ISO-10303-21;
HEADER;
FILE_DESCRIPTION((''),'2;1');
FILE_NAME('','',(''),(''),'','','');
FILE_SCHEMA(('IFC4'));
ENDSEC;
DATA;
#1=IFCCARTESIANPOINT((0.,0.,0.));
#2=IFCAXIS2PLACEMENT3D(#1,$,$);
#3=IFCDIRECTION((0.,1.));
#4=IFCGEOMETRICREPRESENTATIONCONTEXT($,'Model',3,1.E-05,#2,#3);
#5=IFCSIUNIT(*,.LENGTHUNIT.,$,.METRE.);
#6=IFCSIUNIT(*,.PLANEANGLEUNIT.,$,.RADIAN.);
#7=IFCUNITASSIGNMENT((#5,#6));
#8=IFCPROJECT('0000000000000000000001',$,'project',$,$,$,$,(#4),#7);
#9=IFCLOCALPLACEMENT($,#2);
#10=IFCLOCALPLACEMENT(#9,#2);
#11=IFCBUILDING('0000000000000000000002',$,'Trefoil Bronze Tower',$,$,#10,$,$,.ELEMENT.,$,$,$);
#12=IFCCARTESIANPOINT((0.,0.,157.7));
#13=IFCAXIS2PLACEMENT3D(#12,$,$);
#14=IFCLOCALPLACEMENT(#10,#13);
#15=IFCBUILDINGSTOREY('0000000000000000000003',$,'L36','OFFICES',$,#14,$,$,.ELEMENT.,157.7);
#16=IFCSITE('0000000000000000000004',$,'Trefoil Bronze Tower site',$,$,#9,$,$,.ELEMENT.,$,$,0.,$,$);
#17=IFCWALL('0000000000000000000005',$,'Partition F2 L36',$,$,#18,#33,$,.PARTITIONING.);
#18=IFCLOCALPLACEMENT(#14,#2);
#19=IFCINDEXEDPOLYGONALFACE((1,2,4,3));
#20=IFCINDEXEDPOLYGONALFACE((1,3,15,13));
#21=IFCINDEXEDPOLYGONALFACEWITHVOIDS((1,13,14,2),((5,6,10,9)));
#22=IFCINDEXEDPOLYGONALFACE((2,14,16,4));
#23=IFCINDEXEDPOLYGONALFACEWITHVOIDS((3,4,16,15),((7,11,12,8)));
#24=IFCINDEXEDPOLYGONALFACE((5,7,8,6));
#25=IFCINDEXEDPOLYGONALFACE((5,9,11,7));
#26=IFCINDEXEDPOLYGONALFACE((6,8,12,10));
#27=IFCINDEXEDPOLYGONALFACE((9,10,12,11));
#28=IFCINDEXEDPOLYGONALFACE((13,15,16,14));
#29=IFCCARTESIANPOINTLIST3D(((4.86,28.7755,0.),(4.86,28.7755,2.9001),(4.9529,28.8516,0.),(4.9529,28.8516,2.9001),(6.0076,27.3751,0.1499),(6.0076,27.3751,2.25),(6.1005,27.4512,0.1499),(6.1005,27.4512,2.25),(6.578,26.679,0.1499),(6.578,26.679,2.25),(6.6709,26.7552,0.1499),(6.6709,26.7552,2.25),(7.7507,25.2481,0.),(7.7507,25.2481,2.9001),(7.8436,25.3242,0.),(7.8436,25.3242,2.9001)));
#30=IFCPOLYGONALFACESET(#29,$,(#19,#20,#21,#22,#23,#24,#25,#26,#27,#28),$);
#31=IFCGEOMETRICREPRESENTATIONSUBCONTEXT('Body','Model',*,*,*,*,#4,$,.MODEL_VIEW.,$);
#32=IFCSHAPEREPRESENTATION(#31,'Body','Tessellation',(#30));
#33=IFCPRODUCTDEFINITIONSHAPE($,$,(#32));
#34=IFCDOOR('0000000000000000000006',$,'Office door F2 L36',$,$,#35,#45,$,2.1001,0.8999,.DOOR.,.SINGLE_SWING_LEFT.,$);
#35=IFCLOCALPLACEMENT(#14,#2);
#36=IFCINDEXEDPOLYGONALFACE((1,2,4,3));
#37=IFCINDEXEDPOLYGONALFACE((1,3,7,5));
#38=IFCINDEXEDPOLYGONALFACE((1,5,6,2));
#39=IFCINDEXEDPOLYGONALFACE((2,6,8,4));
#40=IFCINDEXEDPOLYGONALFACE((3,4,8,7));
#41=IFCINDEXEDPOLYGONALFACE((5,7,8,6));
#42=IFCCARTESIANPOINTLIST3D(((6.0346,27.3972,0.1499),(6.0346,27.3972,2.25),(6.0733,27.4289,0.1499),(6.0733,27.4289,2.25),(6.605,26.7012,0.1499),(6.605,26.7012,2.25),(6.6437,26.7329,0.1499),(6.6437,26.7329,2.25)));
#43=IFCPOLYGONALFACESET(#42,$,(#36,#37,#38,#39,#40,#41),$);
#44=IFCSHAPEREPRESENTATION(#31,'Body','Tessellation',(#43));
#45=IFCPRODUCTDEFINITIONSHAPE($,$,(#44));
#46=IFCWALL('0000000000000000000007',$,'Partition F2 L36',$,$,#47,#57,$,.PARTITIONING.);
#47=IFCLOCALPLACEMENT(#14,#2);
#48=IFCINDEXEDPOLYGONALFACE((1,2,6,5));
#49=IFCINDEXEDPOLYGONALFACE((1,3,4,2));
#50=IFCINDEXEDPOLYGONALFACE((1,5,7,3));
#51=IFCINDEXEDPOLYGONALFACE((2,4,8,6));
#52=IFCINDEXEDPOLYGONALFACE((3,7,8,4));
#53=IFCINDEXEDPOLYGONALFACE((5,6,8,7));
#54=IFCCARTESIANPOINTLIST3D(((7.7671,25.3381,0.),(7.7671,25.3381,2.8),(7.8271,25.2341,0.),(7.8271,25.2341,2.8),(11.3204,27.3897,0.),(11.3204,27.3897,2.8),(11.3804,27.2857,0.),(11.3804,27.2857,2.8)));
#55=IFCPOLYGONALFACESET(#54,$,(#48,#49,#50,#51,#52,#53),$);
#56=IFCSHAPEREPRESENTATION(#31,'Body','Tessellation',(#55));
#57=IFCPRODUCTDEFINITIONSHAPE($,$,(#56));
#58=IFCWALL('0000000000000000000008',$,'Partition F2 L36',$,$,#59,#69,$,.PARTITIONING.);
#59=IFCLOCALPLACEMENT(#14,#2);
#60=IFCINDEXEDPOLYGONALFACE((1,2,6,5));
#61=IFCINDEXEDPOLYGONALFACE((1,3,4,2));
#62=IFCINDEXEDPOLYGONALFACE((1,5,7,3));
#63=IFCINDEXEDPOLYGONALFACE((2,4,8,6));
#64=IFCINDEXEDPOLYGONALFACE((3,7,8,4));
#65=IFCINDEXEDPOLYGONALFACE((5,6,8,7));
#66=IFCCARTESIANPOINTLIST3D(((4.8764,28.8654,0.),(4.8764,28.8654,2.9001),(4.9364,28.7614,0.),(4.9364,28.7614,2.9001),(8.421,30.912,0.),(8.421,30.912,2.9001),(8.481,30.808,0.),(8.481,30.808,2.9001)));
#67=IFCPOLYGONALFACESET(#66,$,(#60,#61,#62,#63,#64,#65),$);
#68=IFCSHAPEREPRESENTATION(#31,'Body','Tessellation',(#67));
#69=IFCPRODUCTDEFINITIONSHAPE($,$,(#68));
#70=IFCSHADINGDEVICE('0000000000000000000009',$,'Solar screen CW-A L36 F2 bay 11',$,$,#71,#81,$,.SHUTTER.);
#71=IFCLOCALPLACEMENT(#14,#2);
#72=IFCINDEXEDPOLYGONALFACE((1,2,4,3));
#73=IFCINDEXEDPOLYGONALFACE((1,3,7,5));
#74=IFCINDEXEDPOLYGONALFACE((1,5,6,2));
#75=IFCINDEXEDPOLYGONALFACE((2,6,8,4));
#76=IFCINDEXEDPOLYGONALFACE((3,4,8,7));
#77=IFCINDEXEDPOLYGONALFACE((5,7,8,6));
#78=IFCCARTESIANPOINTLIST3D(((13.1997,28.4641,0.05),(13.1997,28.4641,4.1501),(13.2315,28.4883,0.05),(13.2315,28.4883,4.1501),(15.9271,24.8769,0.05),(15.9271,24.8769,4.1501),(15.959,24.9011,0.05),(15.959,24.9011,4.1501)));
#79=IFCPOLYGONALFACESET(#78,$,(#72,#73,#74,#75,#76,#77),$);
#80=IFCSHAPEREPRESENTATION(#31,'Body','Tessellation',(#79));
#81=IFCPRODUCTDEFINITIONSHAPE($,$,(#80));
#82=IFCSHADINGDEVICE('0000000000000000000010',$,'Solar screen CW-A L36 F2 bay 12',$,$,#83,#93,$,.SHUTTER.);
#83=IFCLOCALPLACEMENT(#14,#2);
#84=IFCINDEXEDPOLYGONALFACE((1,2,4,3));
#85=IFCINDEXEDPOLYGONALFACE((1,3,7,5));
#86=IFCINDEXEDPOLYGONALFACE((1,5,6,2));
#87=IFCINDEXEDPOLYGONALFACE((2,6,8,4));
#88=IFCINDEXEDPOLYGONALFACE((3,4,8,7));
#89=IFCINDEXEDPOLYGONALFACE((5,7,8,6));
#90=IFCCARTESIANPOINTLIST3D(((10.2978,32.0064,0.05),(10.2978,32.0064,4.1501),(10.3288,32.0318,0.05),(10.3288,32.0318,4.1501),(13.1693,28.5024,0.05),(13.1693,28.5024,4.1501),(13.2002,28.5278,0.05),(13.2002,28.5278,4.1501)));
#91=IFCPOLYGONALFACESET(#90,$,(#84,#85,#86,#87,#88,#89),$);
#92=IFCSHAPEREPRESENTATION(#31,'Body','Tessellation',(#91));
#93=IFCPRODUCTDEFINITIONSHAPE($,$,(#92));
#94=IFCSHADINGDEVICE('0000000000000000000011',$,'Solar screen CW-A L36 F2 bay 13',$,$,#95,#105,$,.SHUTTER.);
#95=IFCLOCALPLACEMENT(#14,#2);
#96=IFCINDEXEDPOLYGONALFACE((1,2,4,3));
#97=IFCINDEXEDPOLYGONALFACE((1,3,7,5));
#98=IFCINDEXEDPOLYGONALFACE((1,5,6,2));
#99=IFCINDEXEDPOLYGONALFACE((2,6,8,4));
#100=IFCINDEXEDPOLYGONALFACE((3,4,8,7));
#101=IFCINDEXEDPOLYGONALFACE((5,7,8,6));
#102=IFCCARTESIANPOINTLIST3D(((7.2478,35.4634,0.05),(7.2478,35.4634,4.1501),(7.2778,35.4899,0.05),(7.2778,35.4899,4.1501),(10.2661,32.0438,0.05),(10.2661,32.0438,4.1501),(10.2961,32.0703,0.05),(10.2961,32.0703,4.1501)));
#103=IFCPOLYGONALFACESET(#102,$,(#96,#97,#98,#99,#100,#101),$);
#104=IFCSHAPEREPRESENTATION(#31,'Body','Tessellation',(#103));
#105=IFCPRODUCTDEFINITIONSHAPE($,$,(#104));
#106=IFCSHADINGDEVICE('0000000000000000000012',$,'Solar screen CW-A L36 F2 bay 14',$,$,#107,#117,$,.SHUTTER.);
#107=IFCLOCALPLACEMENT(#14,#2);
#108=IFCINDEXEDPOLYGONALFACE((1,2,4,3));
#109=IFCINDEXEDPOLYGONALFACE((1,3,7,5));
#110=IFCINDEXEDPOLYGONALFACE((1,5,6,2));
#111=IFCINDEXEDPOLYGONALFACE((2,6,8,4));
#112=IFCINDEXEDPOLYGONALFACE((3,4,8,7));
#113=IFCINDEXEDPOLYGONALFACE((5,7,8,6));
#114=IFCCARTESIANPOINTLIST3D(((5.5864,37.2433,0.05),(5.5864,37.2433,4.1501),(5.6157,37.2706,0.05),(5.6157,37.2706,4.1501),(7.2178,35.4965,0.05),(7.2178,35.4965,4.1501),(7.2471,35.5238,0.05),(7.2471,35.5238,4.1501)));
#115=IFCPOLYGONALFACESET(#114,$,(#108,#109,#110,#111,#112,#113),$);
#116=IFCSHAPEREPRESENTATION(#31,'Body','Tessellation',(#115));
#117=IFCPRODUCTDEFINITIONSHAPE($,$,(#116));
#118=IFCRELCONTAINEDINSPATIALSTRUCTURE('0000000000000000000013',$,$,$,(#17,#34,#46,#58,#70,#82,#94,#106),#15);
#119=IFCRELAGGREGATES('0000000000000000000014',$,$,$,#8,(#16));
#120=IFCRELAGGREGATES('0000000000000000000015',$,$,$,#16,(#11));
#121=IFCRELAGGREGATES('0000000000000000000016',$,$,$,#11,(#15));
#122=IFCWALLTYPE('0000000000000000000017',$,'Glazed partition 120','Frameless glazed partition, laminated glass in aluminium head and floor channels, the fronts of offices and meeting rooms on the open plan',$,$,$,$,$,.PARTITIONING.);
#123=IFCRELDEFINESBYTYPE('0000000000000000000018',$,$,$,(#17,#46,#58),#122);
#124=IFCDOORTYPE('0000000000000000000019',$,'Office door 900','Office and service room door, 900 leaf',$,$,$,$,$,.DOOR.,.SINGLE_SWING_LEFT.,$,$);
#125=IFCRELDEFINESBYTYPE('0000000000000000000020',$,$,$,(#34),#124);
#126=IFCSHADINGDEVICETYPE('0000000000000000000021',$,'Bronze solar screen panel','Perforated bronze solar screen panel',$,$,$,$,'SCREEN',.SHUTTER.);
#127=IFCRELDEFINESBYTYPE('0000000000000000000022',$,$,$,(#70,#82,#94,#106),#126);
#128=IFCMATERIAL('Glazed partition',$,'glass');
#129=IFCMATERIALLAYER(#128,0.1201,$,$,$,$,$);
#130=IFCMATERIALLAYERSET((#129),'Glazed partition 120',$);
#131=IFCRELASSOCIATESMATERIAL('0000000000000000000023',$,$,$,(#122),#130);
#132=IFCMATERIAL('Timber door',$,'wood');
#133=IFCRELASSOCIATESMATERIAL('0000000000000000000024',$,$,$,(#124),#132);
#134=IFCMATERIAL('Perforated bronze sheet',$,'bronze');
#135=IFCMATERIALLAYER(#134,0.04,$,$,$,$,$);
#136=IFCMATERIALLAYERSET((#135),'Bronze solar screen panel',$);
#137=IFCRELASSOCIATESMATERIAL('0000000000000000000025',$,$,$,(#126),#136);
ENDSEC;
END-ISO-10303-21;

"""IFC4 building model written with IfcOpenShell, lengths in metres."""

from ifc_helpers import new_model, si_unit, direction, frame, frame_2d, origin, origin_2d, place, context, subcontext, project, spatial, rectangle, extrude, material, layer, layer_set, type_object, element, fill, save


model = new_model("IFC4")

# Units and contexts
model_context = context("Model", 3, precision=1e-05, world=origin(), true_north=direction((0.0, 1.0)))
body_context = subcontext(model_context, "Body", "Model", "MODEL_VIEW")
ifc_project = project(units=[si_unit("LENGTHUNIT", "METRE"), si_unit("PLANEANGLEUNIT", "RADIAN")], contexts=[model_context])

# Site, building, storey
site_placement = place(None, origin())
site = spatial("IfcSite", under=ifc_project, at=site_placement, Name="Trefoil Bronze Tower site", CompositionType="ELEMENT", RefElevation=0.0)
building_placement = place(site_placement, origin())
building = spatial("IfcBuilding", under=site, at=building_placement, Name="Trefoil Bronze Tower", CompositionType="ELEMENT")
storey_placement = place(building_placement, frame((0.0, 0.0, 157.7)))
storey = spatial("IfcBuildingStorey", under=building, at=storey_placement, Name="L36", Description="OFFICES", CompositionType="ELEMENT", Elevation=157.7)

# Wall, opening, door
ifc_material_1 = material(Name="Glazed partition", Category="glass")
ifc_layer_1 = layer(ifc_material_1, 0.1201)
ifc_layer_set_1 = layer_set([ifc_layer_1], Name="Glazed partition 120")
wall_type = type_object("IfcWallType", Name="Glazed partition 120", Description="Frameless glazed partition, laminated glass in aluminium head and floor channels, the fronts of offices and meeting rooms on the open plan", PredefinedType="PARTITIONING", material=ifc_layer_set_1)
wall_1_placement = place(storey_placement, frame((7.7971, 25.2861, 0.0), z_axis=(0.0, 0.0, 1.0), x_axis=(-0.633844, 0.773461, 0.0)))
wall_1 = element("IfcWall", 1, at=wall_1_placement, inside=storey, type_object=wall_type, Name="Partition F2 L36", PredefinedType="PARTITIONING", context=body_context, shape_type="SweptSolid", body=[
    extrude(rectangle(XDim=4.5605, YDim=0.1201, at=frame_2d((2.2803, 0.0))), origin(), (0.0, 0.0, 1.0), 2.9001),
])
opening_placement = place(wall_1_placement, frame((1.8501, 0.0, 0.1499)))
opening = element("IfcOpeningElement", 2, at=opening_placement, cuts=wall_1, PredefinedType="OPENING", context=body_context, shape_type="SweptSolid", body=[
    extrude(rectangle(XDim=0.8999, YDim=2.1001, at=frame_2d((0.45, 1.05))), frame((0.0, 0.0701, 0.0), z_axis=(0.0, -1.0, 0.0), x_axis=(1.0, 0.0, 0.0)), (0.0, 0.0, 1.0), 0.1401),
])
ifc_material_2 = material(Name="Timber door", Category="wood")
door_type = type_object("IfcDoorType", Name="Office door 900", Description="Office and service room door, 900 leaf", OperationType="SINGLE_SWING_LEFT", PredefinedType="DOOR", material=ifc_material_2)
door_placement = place(opening_placement, frame((0.8999, 0.0, 0.0), z_axis=(0.0, 0.0, 1.0), x_axis=(-1.0, 0.0, 0.0)))
door = element("IfcDoor", 3, at=door_placement, inside=storey, type_object=door_type, Name="Office door F2 L36", OperationType="SINGLE_SWING_LEFT", OverallHeight=2.1001, OverallWidth=0.8999, PredefinedType="DOOR", context=body_context, shape_type="SweptSolid", body=[
    extrude(rectangle(XDim=0.8999, YDim=2.1001, at=frame_2d((0.45, 1.05))), frame((0.0, 0.0249, 0.0), z_axis=(0.0, -1.0, 0.0), x_axis=(1.0, 0.0, 0.0)), (0.0, 0.0, 1.0), 0.05),
])
fill(opening, door)

# Walls
wall_2_placement = place(storey_placement, frame((7.7971, 25.2861, 0.0), z_axis=(0.0, 0.0, 1.0), x_axis=(0.866019, 0.500011, 0.0)))
element("IfcWall", 4, at=wall_2_placement, inside=storey, type_object=wall_type, Name="Partition F2 L36", PredefinedType="PARTITIONING", context=body_context, shape_type="SweptSolid", body=[
    extrude(rectangle(XDim=4.103, YDim=0.1201, at=frame_2d((2.0515, 0.0))), origin(), (0.0, 0.0, 1.0), 2.8),
])
wall_3_placement = place(storey_placement, frame((4.9065, 28.8135, 0.0), z_axis=(0.0, 0.0, 1.0), x_axis=(0.866014, 0.50002, 0.0)))
element("IfcWall", 5, at=wall_3_placement, inside=storey, type_object=wall_type, Name="Partition F2 L36", PredefinedType="PARTITIONING", context=body_context, shape_type="SweptSolid", body=[
    extrude(rectangle(XDim=4.093, YDim=0.1201, at=frame_2d((2.0464, 0.0))), origin(), (0.0, 0.0, 1.0), 2.9001),
])

# Shading devices
ifc_material_3 = material(Name="Perforated bronze sheet", Category="bronze")
ifc_layer_2 = layer(ifc_material_3, 0.04)
ifc_layer_set_2 = layer_set([ifc_layer_2], Name="Bronze solar screen panel")
shading_device_type = type_object("IfcShadingDeviceType", Name="Bronze solar screen panel", Description="Perforated bronze solar screen panel", ElementType="SCREEN", PredefinedType="SHUTTER", material=ifc_layer_set_2)
shading_device_1_placement = place(storey_placement, frame((14.5793, 26.6826, 0.05), z_axis=(0.0, 0.0, 1.0), x_axis=(-0.605252, 0.796034, 0.0)))
element("IfcShadingDevice", 6, at=shading_device_1_placement, inside=storey, type_object=shading_device_type, Name="Solar screen CW-A L36 F2 bay 11", PredefinedType="SHUTTER", context=body_context, shape_type="SweptSolid", body=[
    extrude(rectangle(XDim=4.5063, YDim=0.04, at=origin_2d()), origin(), (0.0, 0.0, 1.0), 4.1001),
])
shading_device_2_placement = place(storey_placement, frame((11.749, 30.2671, 0.05), z_axis=(0.0, 0.0, 1.0), x_axis=(-0.63384, 0.773464, 0.0)))
element("IfcShadingDevice", 7, at=shading_device_2_placement, inside=storey, type_object=shading_device_type, Name="Solar screen CW-A L36 F2 bay 12", PredefinedType="SHUTTER", context=body_context, shape_type="SweptSolid", body=[
    extrude(rectangle(XDim=4.5303, YDim=0.04, at=origin_2d()), origin(), (0.0, 0.0, 1.0), 4.1001),
])
shading_device_3_placement = place(storey_placement, frame((8.772, 33.7668, 0.05), z_axis=(0.0, 0.0, 1.0), x_axis=(-0.661751, 0.749723, 0.0)))
element("IfcShadingDevice", 8, at=shading_device_3_placement, inside=storey, type_object=shading_device_type, Name="Solar screen CW-A L36 F2 bay 13", PredefinedType="SHUTTER", context=body_context, shape_type="SweptSolid", body=[
    extrude(rectangle(XDim=4.561, YDim=0.04, at=origin_2d()), origin(), (0.0, 0.0, 1.0), 4.1001),
])
shading_device_4_placement = place(storey_placement, frame((6.4167, 36.3835, 0.05), z_axis=(0.0, 0.0, 1.0), x_axis=(-0.682536, 0.730852, 0.0)))
element("IfcShadingDevice", 9, at=shading_device_4_placement, inside=storey, type_object=shading_device_type, Name="Solar screen CW-A L36 F2 bay 14", PredefinedType="SHUTTER", context=body_context, shape_type="SweptSolid", body=[
    extrude(rectangle(XDim=2.3901, YDim=0.04, at=origin_2d()), origin(), (0.0, 0.0, 1.0), 4.1001),
])

save(model, "model.ifc")
